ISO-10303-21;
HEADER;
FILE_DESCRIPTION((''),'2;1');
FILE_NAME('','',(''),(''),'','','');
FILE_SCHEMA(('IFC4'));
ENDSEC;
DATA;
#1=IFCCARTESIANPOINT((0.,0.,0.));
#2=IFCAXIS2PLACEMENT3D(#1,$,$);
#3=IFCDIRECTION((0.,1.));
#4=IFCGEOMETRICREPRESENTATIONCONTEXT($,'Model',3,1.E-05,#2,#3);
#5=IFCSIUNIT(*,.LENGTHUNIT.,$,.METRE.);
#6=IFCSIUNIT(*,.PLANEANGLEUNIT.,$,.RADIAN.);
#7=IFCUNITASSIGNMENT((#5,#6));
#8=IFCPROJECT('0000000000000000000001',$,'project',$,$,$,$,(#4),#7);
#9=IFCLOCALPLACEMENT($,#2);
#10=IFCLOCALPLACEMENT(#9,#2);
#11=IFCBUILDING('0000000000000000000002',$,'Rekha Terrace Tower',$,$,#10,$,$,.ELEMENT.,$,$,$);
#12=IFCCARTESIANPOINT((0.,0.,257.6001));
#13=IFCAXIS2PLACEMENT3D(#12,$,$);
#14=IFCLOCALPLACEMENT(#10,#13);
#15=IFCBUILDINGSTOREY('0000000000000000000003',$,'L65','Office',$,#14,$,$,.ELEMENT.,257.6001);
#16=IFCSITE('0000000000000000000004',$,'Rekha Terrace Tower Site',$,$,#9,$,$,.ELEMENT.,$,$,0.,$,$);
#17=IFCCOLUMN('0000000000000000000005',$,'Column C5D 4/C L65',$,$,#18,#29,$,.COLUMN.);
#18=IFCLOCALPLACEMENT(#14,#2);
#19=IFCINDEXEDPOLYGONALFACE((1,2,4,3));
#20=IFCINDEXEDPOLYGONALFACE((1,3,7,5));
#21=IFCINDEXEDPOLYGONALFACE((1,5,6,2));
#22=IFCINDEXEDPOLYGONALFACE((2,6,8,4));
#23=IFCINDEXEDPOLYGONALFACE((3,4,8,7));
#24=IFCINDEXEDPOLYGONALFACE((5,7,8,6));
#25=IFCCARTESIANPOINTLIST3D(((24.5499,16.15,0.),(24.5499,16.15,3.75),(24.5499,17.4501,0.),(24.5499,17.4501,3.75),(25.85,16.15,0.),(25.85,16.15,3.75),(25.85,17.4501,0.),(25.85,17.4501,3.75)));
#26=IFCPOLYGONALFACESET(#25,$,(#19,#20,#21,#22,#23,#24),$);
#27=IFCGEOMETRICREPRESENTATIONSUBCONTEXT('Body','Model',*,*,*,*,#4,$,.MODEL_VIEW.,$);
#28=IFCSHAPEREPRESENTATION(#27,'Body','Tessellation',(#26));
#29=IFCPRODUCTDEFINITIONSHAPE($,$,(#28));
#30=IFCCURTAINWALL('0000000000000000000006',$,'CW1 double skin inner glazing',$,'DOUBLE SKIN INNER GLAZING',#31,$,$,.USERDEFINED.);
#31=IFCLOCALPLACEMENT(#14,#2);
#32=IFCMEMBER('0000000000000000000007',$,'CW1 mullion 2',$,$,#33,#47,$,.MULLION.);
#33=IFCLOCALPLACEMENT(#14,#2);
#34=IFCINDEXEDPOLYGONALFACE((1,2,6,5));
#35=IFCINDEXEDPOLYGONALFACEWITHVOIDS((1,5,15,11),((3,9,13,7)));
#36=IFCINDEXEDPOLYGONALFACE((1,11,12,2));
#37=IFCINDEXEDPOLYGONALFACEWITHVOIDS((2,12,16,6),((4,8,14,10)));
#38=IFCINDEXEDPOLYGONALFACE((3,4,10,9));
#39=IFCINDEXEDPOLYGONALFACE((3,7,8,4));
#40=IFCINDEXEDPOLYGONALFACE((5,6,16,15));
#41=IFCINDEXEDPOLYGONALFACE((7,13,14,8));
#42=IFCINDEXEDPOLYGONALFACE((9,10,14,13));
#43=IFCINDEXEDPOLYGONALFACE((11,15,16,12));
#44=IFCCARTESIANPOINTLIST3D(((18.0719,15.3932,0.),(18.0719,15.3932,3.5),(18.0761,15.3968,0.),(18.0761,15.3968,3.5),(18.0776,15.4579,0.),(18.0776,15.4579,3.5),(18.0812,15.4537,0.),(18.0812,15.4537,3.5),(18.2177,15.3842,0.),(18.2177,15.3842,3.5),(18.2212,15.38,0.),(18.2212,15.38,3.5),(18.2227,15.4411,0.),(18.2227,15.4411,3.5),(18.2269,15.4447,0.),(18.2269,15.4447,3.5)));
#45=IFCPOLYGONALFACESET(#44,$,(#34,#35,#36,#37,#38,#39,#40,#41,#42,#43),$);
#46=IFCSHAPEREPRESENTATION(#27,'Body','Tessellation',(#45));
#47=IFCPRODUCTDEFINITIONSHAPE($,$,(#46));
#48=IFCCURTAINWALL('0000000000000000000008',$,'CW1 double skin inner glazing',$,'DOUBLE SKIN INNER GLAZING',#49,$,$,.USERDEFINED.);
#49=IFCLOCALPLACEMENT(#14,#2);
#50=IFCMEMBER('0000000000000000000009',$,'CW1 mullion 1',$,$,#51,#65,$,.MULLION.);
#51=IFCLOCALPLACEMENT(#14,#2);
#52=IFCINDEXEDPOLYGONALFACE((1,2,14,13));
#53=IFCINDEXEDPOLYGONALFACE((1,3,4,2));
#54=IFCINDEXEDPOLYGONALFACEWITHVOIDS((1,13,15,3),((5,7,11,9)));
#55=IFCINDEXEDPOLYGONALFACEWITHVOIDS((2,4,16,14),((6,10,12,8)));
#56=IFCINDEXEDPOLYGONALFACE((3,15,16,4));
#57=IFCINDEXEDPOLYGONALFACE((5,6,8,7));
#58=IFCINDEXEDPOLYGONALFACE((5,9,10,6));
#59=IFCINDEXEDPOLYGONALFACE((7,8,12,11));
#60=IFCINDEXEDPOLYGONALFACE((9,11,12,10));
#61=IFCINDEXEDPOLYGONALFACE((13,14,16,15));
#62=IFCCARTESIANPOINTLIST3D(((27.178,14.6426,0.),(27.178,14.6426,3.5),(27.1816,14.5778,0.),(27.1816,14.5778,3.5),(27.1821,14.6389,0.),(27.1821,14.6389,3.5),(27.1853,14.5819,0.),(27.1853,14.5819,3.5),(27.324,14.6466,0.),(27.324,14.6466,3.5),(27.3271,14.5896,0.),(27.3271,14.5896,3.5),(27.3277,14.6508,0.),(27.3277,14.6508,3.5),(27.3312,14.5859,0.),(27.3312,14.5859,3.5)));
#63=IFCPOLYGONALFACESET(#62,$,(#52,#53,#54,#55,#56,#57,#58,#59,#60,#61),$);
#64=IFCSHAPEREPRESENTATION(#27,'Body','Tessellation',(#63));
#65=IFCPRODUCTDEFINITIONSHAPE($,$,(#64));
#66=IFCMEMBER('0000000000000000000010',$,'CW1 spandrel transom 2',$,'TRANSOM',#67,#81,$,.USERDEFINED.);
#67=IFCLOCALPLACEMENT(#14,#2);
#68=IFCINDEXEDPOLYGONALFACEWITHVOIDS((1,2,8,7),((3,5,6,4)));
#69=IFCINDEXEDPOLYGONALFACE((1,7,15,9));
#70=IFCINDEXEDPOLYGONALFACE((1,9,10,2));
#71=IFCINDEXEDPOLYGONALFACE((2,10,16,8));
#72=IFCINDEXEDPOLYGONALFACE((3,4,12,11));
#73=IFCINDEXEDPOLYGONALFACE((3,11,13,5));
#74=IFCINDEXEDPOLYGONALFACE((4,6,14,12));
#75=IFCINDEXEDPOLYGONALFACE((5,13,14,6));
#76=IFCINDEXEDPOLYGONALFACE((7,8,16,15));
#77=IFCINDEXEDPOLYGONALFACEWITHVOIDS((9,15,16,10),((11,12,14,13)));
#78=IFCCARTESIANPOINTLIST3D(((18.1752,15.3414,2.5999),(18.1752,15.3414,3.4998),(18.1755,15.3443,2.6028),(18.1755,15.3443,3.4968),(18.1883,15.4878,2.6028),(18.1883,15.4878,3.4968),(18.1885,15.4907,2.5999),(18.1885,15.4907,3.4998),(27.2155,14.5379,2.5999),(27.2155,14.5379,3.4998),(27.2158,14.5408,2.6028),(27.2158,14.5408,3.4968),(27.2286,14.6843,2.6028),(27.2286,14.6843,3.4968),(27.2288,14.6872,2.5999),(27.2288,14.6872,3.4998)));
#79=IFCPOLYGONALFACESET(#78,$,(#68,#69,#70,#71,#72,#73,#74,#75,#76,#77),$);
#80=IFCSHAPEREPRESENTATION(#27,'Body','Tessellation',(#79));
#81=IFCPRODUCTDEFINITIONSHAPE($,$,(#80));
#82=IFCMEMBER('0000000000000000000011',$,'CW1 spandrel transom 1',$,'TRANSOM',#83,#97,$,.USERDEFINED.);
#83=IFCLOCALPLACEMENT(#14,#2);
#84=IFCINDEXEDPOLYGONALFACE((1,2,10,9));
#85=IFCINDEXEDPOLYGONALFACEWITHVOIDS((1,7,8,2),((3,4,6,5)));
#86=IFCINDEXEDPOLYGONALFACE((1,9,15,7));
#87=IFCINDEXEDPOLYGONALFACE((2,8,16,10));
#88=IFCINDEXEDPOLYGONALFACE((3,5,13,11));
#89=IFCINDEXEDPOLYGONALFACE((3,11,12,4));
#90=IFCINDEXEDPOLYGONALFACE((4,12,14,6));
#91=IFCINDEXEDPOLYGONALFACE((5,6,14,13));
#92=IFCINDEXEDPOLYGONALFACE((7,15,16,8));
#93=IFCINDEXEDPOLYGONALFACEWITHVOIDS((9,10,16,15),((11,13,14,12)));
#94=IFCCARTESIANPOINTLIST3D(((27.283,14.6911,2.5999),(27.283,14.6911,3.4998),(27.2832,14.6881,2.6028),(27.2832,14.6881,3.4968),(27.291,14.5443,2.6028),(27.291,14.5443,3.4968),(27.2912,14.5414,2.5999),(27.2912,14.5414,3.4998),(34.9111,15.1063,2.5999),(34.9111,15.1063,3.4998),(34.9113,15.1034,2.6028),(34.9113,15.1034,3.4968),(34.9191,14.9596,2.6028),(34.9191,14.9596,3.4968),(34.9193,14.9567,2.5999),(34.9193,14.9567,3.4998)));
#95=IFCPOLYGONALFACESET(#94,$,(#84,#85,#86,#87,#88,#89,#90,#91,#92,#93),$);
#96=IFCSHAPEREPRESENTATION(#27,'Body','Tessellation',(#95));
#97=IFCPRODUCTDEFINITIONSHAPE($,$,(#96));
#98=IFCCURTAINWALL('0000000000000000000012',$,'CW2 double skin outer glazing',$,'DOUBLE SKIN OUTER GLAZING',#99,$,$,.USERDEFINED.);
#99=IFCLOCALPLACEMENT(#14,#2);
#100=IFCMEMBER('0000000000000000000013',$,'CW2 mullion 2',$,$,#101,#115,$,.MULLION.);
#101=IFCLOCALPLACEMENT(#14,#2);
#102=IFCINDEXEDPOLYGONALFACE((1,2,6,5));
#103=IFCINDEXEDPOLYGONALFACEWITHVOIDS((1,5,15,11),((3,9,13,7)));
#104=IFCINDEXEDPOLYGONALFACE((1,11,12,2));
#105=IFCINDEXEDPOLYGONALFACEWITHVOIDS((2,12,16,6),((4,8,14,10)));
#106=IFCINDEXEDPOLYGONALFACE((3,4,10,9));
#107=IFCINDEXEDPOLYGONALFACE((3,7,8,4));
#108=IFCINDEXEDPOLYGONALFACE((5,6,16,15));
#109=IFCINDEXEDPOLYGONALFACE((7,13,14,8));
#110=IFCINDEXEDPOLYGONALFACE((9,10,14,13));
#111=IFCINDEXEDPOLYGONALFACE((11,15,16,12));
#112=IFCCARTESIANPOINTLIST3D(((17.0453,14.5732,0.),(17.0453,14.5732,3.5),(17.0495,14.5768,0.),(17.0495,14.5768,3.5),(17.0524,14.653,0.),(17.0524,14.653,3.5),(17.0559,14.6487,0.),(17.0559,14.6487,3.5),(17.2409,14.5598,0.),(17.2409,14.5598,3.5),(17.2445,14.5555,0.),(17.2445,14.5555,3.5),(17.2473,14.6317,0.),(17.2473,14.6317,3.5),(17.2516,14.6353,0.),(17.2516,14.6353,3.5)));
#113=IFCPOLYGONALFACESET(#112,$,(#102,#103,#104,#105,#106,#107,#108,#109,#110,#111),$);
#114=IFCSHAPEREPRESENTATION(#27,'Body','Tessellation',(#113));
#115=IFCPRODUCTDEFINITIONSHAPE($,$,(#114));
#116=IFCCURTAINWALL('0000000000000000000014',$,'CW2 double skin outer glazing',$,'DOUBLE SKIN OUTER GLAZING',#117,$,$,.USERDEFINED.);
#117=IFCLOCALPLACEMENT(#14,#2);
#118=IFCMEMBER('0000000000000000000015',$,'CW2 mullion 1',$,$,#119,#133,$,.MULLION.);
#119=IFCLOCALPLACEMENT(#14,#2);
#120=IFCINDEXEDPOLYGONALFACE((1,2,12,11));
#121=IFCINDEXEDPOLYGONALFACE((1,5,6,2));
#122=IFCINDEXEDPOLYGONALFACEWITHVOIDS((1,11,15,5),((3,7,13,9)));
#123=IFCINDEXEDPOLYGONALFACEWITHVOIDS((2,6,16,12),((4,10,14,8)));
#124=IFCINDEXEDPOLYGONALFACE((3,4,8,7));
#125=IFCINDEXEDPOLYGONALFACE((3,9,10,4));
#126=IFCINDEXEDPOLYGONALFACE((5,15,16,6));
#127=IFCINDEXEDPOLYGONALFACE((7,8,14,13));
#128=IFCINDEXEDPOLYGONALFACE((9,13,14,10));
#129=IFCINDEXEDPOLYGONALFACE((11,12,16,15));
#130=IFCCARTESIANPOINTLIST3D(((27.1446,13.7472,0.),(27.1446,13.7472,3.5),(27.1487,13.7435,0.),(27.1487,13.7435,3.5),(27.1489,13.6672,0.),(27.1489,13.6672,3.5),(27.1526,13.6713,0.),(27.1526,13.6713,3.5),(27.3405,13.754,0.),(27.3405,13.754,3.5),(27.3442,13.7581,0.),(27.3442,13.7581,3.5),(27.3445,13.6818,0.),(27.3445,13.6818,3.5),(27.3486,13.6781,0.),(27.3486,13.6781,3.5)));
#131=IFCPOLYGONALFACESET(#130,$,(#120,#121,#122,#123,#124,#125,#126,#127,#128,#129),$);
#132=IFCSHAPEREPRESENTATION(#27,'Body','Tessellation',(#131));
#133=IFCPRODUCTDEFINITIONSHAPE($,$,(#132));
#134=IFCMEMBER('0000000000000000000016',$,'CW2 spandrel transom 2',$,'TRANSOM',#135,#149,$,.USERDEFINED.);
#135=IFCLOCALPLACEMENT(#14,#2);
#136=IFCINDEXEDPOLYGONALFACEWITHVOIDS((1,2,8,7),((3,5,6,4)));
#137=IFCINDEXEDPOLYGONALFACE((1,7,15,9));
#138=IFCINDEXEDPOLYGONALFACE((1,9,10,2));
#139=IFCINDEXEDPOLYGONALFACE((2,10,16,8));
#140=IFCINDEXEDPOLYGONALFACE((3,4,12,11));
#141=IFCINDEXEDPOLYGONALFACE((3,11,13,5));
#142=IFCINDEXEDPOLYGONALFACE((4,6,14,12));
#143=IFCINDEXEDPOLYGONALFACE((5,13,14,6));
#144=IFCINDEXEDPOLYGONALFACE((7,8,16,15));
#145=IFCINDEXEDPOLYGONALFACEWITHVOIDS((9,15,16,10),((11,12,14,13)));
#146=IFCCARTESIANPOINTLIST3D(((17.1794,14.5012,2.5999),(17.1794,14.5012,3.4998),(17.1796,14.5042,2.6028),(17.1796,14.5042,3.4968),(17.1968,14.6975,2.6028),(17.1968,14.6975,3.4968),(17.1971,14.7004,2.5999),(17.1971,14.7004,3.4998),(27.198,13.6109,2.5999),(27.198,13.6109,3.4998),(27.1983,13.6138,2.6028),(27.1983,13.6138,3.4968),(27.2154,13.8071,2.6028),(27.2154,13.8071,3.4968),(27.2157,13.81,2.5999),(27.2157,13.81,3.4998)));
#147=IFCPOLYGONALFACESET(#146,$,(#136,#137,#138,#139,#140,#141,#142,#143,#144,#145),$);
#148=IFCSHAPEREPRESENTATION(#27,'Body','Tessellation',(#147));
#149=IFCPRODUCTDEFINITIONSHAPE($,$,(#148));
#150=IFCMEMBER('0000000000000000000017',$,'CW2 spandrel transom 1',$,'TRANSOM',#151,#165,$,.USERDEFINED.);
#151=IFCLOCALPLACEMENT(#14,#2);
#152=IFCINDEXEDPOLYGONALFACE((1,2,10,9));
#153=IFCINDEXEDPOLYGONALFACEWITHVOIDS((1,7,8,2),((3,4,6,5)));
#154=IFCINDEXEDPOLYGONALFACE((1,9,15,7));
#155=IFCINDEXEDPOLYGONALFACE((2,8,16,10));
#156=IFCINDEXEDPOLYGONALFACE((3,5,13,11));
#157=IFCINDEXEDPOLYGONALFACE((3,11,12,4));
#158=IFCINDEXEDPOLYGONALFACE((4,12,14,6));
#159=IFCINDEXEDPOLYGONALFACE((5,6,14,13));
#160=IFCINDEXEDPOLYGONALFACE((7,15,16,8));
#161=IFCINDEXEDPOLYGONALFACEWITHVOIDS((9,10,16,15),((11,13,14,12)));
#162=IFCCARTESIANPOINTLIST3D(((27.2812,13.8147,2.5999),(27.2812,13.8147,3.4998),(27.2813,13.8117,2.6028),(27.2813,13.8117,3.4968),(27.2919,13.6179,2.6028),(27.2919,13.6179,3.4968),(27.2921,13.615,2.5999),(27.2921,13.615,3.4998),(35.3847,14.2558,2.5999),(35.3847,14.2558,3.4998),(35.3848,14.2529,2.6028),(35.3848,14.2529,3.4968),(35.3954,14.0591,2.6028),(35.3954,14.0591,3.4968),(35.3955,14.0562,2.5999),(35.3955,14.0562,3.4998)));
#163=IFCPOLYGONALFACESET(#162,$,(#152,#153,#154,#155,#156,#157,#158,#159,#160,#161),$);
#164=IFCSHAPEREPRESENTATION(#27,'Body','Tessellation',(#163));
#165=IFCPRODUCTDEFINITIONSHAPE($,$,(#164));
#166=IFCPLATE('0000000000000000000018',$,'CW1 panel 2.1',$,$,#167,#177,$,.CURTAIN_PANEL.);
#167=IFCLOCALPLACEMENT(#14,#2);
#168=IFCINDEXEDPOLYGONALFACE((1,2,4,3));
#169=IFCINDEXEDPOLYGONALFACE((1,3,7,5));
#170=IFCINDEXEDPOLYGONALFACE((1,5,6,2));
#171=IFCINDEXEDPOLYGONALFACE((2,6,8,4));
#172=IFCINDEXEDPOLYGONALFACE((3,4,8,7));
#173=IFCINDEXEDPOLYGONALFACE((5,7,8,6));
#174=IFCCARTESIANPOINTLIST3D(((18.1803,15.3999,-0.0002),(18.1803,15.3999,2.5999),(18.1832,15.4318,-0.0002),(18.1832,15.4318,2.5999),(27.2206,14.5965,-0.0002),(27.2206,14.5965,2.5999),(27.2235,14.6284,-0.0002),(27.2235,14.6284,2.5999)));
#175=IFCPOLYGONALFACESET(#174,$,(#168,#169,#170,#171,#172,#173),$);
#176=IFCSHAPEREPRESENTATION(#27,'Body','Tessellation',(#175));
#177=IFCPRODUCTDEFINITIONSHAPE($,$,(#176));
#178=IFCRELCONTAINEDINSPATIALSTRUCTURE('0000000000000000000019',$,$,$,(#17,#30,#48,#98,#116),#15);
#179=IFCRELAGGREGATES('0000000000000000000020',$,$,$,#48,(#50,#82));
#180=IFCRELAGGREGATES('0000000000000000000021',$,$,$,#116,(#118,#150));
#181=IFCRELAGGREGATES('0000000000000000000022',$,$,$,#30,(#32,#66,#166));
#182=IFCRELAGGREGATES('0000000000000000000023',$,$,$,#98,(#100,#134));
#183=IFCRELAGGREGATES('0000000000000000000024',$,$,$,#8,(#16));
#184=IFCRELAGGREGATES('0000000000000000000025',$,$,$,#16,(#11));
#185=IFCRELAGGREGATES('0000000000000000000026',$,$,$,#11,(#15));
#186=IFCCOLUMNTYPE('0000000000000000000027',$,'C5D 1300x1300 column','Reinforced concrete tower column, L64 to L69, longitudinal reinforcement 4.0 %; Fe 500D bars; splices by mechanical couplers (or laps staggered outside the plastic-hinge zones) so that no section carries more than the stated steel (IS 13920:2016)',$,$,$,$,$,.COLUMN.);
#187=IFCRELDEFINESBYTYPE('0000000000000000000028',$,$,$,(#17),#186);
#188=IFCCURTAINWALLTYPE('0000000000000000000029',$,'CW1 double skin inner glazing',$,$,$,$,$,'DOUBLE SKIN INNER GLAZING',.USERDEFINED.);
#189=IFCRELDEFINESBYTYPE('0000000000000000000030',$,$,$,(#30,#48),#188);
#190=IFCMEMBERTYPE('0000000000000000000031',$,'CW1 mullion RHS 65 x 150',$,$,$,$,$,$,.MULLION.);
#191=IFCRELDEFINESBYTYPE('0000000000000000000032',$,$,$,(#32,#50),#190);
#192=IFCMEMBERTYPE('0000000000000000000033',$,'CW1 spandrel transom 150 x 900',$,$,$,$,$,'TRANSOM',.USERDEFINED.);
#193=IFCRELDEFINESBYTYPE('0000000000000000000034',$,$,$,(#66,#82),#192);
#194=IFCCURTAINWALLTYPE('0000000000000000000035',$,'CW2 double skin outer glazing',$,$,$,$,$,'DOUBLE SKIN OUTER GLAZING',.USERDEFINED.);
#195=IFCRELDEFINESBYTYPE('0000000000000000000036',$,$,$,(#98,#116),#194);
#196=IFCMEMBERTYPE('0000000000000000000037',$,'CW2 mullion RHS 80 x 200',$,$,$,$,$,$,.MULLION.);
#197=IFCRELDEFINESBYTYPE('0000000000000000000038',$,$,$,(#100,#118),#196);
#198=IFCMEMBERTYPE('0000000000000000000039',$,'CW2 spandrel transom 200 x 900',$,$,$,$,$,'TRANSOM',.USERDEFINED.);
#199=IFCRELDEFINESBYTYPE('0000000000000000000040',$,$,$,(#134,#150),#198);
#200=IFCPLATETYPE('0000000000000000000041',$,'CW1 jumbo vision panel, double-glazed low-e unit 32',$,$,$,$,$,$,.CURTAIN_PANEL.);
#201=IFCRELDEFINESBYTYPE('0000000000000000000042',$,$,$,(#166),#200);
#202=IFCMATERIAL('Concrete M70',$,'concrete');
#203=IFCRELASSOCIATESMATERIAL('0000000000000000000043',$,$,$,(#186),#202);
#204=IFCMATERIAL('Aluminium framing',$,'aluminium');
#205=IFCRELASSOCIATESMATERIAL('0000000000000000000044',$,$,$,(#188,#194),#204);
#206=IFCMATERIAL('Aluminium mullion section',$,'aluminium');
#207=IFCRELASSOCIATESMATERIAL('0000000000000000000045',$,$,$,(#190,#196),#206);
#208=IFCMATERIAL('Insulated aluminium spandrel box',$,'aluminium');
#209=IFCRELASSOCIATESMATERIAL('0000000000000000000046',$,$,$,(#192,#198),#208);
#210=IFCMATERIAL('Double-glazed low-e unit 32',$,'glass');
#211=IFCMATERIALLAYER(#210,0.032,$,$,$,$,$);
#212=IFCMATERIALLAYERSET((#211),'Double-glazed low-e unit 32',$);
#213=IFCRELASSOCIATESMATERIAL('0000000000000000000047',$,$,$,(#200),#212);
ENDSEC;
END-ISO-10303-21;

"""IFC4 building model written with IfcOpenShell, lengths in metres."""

from ifc_helpers import new_model, si_unit, direction, frame, origin, origin_2d, place, context, subcontext, project, spatial, rectangle, hollow_rectangle, extrude, material, layer, layer_set, material_profile, profile_set, type_object, element, aggregate, save


model = new_model("IFC4")

# Units and contexts
model_context = context("Model", 3, precision=1e-05, world=origin(), true_north=direction((0.0, 1.0)))
body_context = subcontext(model_context, "Body", "Model", "MODEL_VIEW")
ifc_project = project(units=[si_unit("LENGTHUNIT", "METRE"), si_unit("PLANEANGLEUNIT", "RADIAN")], contexts=[model_context])

# Site, building, storey
site_placement = place(None, origin())
site = spatial("IfcSite", under=ifc_project, at=site_placement, Name="Rekha Terrace Tower Site", CompositionType="ELEMENT", RefElevation=0.0)
building_placement = place(site_placement, origin())
building = spatial("IfcBuilding", under=site, at=building_placement, Name="Rekha Terrace Tower", CompositionType="ELEMENT")
storey_placement = place(building_placement, frame((0.0, 0.0, 257.6001)))
storey = spatial("IfcBuildingStorey", under=building, at=storey_placement, Name="L65", Description="Office", CompositionType="ELEMENT", Elevation=257.6001)

# Column
ifc_material_1 = material(Name="Concrete M70", Category="concrete")
ifc_material_profile_1 = material_profile(ifc_material_1, rectangle(XDim=1.3, YDim=1.3, at=origin_2d()), Name="RC 1300x1300")
ifc_profile_set_1 = profile_set([ifc_material_profile_1], Name="Concrete M70")
column_type = type_object("IfcColumnType", Name="C5D 1300x1300 column", Description="Reinforced concrete tower column, L64 to L69, longitudinal reinforcement 4.0 %; Fe 500D bars; splices by mechanical couplers (or laps staggered outside the plastic-hinge zones) so that no section carries more than the stated steel (IS 13920:2016)", PredefinedType="COLUMN", material=ifc_profile_set_1)
column_placement = place(storey_placement, frame((25.2, 16.8, 0.0), z_axis=(0.0, 0.0, 1.0), x_axis=(1.0, 0.0, 0.0)))
element("IfcColumn", 1, at=column_placement, inside=storey, type_object=column_type, Name="Column C5D 4/C L65", PredefinedType="COLUMN", context=body_context, shape_type="SweptSolid", body=[
    extrude(rectangle(XDim=1.3, YDim=1.3, at=origin_2d()), origin(), (0.0, 0.0, 1.0), 3.75),
])

# Curtain walls, members
ifc_material_2 = material(Name="Aluminium framing", Category="aluminium")
curtain_wall_type_1 = type_object("IfcCurtainWallType", Name="CW1 double skin inner glazing", ElementType="DOUBLE SKIN INNER GLAZING", PredefinedType="USERDEFINED", material=ifc_material_2)
curtain_wall_1_placement = place(storey_placement, origin())
curtain_wall_1 = element("IfcCurtainWall", 2, at=curtain_wall_1_placement, inside=storey, type_object=curtain_wall_type_1, Name="CW1 double skin inner glazing", ObjectType="DOUBLE SKIN INNER GLAZING", PredefinedType="USERDEFINED")
ifc_material_3 = material(Name="Aluminium mullion section", Category="aluminium")
ifc_material_profile_2 = material_profile(ifc_material_3, hollow_rectangle(XDim=0.0649, YDim=0.1499, WallThickness=0.0039, at=origin_2d()), Name="AL RHS 65x150")
ifc_profile_set_2 = profile_set([ifc_material_profile_2], Name="Aluminium mullion section")
member_type_1 = type_object("IfcMemberType", Name="CW1 mullion RHS 65 x 150", PredefinedType="MULLION", material=ifc_profile_set_2)
member_1_placement = place(storey_placement, frame((18.1494, 15.4189, 0.0), z_axis=(0.0, 0.0, 1.0), x_axis=(0.088522, 0.996074, 0.0)))
member_1 = element("IfcMember", 3, at=member_1_placement, type_object=member_type_1, Name="CW1 mullion 2", PredefinedType="MULLION", context=body_context, shape_type="SweptSolid", body=[
    extrude(hollow_rectangle(XDim=0.0649, YDim=0.1499, WallThickness=0.0039, at=origin_2d()), origin(), (0.0, 0.0, 1.0), 3.5),
])
curtain_wall_2_placement = place(storey_placement, origin())
curtain_wall_2 = element("IfcCurtainWall", 4, at=curtain_wall_2_placement, inside=storey, type_object=curtain_wall_type_1, Name="CW1 double skin inner glazing", ObjectType="DOUBLE SKIN INNER GLAZING", PredefinedType="USERDEFINED")
member_2_placement = place(storey_placement, frame((27.2546, 14.6143, 0.0), z_axis=(0.0, 0.0, 1.0), x_axis=(-0.054389, 0.99852, 0.0)))
member_2 = element("IfcMember", 5, at=member_2_placement, type_object=member_type_1, Name="CW1 mullion 1", PredefinedType="MULLION", context=body_context, shape_type="SweptSolid", body=[
    extrude(hollow_rectangle(XDim=0.0649, YDim=0.1499, WallThickness=0.0039, at=origin_2d()), origin(), (0.0, 0.0, 1.0), 3.5),
])

# Members
ifc_material_4 = material(Name="Insulated aluminium spandrel box", Category="aluminium")
ifc_material_profile_3 = material_profile(ifc_material_4, hollow_rectangle(XDim=0.1499, YDim=0.8999, WallThickness=0.0029, at=origin_2d()), Name="AL SPANDREL BOX 150x900")
ifc_profile_set_3 = profile_set([ifc_material_profile_3], Name="Insulated aluminium spandrel box")
member_type_2 = type_object("IfcMemberType", Name="CW1 spandrel transom 150 x 900", ElementType="TRANSOM", PredefinedType="USERDEFINED", material=ifc_profile_set_3)
member_3_placement = place(storey_placement, frame((18.1819, 15.416, 3.0498), z_axis=(0.996074, -0.088527, 0.0), x_axis=(0.088527, 0.996074, 0.0)))
member_3 = element("IfcMember", 6, at=member_3_placement, type_object=member_type_2, Name="CW1 spandrel transom 2", ObjectType="TRANSOM", PredefinedType="USERDEFINED", context=body_context, shape_type="SweptSolid", body=[
    extrude(hollow_rectangle(XDim=0.1499, YDim=0.8999, WallThickness=0.0029, at=origin_2d()), origin(), (0.0, 0.0, 1.0), 9.0759),
])
member_4_placement = place(storey_placement, frame((27.2871, 14.6162, 3.0498), z_axis=(0.998521, 0.05436, 0.0), x_axis=(-0.05436, 0.998521, 0.0)))
member_4 = element("IfcMember", 7, at=member_4_placement, type_object=member_type_2, Name="CW1 spandrel transom 1", ObjectType="TRANSOM", PredefinedType="USERDEFINED", context=body_context, shape_type="SweptSolid", body=[
    extrude(hollow_rectangle(XDim=0.1499, YDim=0.8999, WallThickness=0.0029, at=origin_2d()), origin(), (0.0, 0.0, 1.0), 7.6394),
])
aggregate(curtain_wall_2, [member_2, member_4])

# Curtain walls, members
curtain_wall_type_2 = type_object("IfcCurtainWallType", Name="CW2 double skin outer glazing", ElementType="DOUBLE SKIN OUTER GLAZING", PredefinedType="USERDEFINED", material=ifc_material_2)
curtain_wall_3_placement = place(storey_placement, origin())
curtain_wall_3 = element("IfcCurtainWall", 8, at=curtain_wall_3_placement, inside=storey, type_object=curtain_wall_type_2, Name="CW2 double skin outer glazing", ObjectType="DOUBLE SKIN OUTER GLAZING", PredefinedType="USERDEFINED")
ifc_material_profile_4 = material_profile(ifc_material_3, hollow_rectangle(XDim=0.0801, YDim=0.2, WallThickness=0.0039, at=origin_2d()), Name="AL RHS 80x200")
ifc_profile_set_4 = profile_set([ifc_material_profile_4], Name="Aluminium mullion section")
member_type_3 = type_object("IfcMemberType", Name="CW2 mullion RHS 80 x 200", PredefinedType="MULLION", material=ifc_profile_set_4)
member_5_placement = place(storey_placement, frame((17.1484, 14.6042, 0.0), z_axis=(0.0, 0.0, 1.0), x_axis=(0.088522, 0.996074, 0.0)))
member_5 = element("IfcMember", 9, at=member_5_placement, type_object=member_type_3, Name="CW2 mullion 2", PredefinedType="MULLION", context=body_context, shape_type="SweptSolid", body=[
    extrude(hollow_rectangle(XDim=0.0801, YDim=0.2, WallThickness=0.0039, at=origin_2d()), origin(), (0.0, 0.0, 1.0), 3.5),
])
curtain_wall_4_placement = place(storey_placement, origin())
curtain_wall_4 = element("IfcCurtainWall", 10, at=curtain_wall_4_placement, inside=storey, type_object=curtain_wall_type_2, Name="CW2 double skin outer glazing", ObjectType="DOUBLE SKIN OUTER GLAZING", PredefinedType="USERDEFINED")
member_6_placement = place(storey_placement, frame((27.2466, 13.7126, 0.0), z_axis=(0.0, 0.0, 1.0), x_axis=(-0.054389, 0.99852, 0.0)))
member_6 = element("IfcMember", 11, at=member_6_placement, type_object=member_type_3, Name="CW2 mullion 1", PredefinedType="MULLION", context=body_context, shape_type="SweptSolid", body=[
    extrude(hollow_rectangle(XDim=0.0801, YDim=0.2, WallThickness=0.0039, at=origin_2d()), origin(), (0.0, 0.0, 1.0), 3.5),
])

# Members
ifc_material_profile_5 = material_profile(ifc_material_4, hollow_rectangle(XDim=0.2, YDim=0.8999, WallThickness=0.0029, at=origin_2d()), Name="AL SPANDREL BOX 200x900")
ifc_profile_set_5 = profile_set([ifc_material_profile_5], Name="Insulated aluminium spandrel box")
member_type_4 = type_object("IfcMemberType", Name="CW2 spandrel transom 200 x 900", ElementType="TRANSOM", PredefinedType="USERDEFINED", material=ifc_profile_set_5)
member_7_placement = place(storey_placement, frame((17.1882, 14.6008, 3.0498), z_axis=(0.996074, -0.088524, 0.0), x_axis=(0.088524, 0.996074, 0.0)))
member_7 = element("IfcMember", 12, at=member_7_placement, type_object=member_type_4, Name="CW2 spandrel transom 2", ObjectType="TRANSOM", PredefinedType="USERDEFINED", context=body_context, shape_type="SweptSolid", body=[
    extrude(hollow_rectangle(XDim=0.2, YDim=0.8999, WallThickness=0.0029, at=origin_2d()), origin(), (0.0, 0.0, 1.0), 10.0581),
])
member_8_placement = place(storey_placement, frame((27.2866, 13.7148, 3.0498), z_axis=(0.998521, 0.05436, 0.0), x_axis=(-0.05436, 0.998521, 0.0)))
member_8 = element("IfcMember", 13, at=member_8_placement, type_object=member_type_4, Name="CW2 spandrel transom 1", ObjectType="TRANSOM", PredefinedType="USERDEFINED", context=body_context, shape_type="SweptSolid", body=[
    extrude(hollow_rectangle(XDim=0.2, YDim=0.8999, WallThickness=0.0029, at=origin_2d()), origin(), (0.0, 0.0, 1.0), 8.1155),
])
aggregate(curtain_wall_4, [member_6, member_8])

# Plate
ifc_material_5 = material(Name="Double-glazed low-e unit 32", Category="glass")
ifc_layer_1 = layer(ifc_material_5, 0.032)
ifc_layer_set_1 = layer_set([ifc_layer_1], Name="Double-glazed low-e unit 32")
plate_type_1 = type_object("IfcPlateType", Name="CW1 jumbo vision panel, double-glazed low-e unit 32", PredefinedType="CURTAIN_PANEL", material=ifc_layer_set_1)
plate_1_placement = place(storey_placement, frame((22.7019, 15.0142, -0.0002), z_axis=(0.0, 0.0, 1.0), x_axis=(0.996074, -0.088522, 0.0)))
plate_1 = element("IfcPlate", 14, at=plate_1_placement, type_object=plate_type_1, Name="CW1 panel 2.1", PredefinedType="CURTAIN_PANEL", context=body_context, shape_type="SweptSolid", body=[
    extrude(rectangle(XDim=9.0759, YDim=0.032, at=origin_2d()), origin(), (0.0, 0.0, 1.0), 2.6001),
])
aggregate(curtain_wall_1, [member_1, member_3, plate_1])
aggregate(curtain_wall_3, [member_5, member_7])

save(model, "model.ifc")
